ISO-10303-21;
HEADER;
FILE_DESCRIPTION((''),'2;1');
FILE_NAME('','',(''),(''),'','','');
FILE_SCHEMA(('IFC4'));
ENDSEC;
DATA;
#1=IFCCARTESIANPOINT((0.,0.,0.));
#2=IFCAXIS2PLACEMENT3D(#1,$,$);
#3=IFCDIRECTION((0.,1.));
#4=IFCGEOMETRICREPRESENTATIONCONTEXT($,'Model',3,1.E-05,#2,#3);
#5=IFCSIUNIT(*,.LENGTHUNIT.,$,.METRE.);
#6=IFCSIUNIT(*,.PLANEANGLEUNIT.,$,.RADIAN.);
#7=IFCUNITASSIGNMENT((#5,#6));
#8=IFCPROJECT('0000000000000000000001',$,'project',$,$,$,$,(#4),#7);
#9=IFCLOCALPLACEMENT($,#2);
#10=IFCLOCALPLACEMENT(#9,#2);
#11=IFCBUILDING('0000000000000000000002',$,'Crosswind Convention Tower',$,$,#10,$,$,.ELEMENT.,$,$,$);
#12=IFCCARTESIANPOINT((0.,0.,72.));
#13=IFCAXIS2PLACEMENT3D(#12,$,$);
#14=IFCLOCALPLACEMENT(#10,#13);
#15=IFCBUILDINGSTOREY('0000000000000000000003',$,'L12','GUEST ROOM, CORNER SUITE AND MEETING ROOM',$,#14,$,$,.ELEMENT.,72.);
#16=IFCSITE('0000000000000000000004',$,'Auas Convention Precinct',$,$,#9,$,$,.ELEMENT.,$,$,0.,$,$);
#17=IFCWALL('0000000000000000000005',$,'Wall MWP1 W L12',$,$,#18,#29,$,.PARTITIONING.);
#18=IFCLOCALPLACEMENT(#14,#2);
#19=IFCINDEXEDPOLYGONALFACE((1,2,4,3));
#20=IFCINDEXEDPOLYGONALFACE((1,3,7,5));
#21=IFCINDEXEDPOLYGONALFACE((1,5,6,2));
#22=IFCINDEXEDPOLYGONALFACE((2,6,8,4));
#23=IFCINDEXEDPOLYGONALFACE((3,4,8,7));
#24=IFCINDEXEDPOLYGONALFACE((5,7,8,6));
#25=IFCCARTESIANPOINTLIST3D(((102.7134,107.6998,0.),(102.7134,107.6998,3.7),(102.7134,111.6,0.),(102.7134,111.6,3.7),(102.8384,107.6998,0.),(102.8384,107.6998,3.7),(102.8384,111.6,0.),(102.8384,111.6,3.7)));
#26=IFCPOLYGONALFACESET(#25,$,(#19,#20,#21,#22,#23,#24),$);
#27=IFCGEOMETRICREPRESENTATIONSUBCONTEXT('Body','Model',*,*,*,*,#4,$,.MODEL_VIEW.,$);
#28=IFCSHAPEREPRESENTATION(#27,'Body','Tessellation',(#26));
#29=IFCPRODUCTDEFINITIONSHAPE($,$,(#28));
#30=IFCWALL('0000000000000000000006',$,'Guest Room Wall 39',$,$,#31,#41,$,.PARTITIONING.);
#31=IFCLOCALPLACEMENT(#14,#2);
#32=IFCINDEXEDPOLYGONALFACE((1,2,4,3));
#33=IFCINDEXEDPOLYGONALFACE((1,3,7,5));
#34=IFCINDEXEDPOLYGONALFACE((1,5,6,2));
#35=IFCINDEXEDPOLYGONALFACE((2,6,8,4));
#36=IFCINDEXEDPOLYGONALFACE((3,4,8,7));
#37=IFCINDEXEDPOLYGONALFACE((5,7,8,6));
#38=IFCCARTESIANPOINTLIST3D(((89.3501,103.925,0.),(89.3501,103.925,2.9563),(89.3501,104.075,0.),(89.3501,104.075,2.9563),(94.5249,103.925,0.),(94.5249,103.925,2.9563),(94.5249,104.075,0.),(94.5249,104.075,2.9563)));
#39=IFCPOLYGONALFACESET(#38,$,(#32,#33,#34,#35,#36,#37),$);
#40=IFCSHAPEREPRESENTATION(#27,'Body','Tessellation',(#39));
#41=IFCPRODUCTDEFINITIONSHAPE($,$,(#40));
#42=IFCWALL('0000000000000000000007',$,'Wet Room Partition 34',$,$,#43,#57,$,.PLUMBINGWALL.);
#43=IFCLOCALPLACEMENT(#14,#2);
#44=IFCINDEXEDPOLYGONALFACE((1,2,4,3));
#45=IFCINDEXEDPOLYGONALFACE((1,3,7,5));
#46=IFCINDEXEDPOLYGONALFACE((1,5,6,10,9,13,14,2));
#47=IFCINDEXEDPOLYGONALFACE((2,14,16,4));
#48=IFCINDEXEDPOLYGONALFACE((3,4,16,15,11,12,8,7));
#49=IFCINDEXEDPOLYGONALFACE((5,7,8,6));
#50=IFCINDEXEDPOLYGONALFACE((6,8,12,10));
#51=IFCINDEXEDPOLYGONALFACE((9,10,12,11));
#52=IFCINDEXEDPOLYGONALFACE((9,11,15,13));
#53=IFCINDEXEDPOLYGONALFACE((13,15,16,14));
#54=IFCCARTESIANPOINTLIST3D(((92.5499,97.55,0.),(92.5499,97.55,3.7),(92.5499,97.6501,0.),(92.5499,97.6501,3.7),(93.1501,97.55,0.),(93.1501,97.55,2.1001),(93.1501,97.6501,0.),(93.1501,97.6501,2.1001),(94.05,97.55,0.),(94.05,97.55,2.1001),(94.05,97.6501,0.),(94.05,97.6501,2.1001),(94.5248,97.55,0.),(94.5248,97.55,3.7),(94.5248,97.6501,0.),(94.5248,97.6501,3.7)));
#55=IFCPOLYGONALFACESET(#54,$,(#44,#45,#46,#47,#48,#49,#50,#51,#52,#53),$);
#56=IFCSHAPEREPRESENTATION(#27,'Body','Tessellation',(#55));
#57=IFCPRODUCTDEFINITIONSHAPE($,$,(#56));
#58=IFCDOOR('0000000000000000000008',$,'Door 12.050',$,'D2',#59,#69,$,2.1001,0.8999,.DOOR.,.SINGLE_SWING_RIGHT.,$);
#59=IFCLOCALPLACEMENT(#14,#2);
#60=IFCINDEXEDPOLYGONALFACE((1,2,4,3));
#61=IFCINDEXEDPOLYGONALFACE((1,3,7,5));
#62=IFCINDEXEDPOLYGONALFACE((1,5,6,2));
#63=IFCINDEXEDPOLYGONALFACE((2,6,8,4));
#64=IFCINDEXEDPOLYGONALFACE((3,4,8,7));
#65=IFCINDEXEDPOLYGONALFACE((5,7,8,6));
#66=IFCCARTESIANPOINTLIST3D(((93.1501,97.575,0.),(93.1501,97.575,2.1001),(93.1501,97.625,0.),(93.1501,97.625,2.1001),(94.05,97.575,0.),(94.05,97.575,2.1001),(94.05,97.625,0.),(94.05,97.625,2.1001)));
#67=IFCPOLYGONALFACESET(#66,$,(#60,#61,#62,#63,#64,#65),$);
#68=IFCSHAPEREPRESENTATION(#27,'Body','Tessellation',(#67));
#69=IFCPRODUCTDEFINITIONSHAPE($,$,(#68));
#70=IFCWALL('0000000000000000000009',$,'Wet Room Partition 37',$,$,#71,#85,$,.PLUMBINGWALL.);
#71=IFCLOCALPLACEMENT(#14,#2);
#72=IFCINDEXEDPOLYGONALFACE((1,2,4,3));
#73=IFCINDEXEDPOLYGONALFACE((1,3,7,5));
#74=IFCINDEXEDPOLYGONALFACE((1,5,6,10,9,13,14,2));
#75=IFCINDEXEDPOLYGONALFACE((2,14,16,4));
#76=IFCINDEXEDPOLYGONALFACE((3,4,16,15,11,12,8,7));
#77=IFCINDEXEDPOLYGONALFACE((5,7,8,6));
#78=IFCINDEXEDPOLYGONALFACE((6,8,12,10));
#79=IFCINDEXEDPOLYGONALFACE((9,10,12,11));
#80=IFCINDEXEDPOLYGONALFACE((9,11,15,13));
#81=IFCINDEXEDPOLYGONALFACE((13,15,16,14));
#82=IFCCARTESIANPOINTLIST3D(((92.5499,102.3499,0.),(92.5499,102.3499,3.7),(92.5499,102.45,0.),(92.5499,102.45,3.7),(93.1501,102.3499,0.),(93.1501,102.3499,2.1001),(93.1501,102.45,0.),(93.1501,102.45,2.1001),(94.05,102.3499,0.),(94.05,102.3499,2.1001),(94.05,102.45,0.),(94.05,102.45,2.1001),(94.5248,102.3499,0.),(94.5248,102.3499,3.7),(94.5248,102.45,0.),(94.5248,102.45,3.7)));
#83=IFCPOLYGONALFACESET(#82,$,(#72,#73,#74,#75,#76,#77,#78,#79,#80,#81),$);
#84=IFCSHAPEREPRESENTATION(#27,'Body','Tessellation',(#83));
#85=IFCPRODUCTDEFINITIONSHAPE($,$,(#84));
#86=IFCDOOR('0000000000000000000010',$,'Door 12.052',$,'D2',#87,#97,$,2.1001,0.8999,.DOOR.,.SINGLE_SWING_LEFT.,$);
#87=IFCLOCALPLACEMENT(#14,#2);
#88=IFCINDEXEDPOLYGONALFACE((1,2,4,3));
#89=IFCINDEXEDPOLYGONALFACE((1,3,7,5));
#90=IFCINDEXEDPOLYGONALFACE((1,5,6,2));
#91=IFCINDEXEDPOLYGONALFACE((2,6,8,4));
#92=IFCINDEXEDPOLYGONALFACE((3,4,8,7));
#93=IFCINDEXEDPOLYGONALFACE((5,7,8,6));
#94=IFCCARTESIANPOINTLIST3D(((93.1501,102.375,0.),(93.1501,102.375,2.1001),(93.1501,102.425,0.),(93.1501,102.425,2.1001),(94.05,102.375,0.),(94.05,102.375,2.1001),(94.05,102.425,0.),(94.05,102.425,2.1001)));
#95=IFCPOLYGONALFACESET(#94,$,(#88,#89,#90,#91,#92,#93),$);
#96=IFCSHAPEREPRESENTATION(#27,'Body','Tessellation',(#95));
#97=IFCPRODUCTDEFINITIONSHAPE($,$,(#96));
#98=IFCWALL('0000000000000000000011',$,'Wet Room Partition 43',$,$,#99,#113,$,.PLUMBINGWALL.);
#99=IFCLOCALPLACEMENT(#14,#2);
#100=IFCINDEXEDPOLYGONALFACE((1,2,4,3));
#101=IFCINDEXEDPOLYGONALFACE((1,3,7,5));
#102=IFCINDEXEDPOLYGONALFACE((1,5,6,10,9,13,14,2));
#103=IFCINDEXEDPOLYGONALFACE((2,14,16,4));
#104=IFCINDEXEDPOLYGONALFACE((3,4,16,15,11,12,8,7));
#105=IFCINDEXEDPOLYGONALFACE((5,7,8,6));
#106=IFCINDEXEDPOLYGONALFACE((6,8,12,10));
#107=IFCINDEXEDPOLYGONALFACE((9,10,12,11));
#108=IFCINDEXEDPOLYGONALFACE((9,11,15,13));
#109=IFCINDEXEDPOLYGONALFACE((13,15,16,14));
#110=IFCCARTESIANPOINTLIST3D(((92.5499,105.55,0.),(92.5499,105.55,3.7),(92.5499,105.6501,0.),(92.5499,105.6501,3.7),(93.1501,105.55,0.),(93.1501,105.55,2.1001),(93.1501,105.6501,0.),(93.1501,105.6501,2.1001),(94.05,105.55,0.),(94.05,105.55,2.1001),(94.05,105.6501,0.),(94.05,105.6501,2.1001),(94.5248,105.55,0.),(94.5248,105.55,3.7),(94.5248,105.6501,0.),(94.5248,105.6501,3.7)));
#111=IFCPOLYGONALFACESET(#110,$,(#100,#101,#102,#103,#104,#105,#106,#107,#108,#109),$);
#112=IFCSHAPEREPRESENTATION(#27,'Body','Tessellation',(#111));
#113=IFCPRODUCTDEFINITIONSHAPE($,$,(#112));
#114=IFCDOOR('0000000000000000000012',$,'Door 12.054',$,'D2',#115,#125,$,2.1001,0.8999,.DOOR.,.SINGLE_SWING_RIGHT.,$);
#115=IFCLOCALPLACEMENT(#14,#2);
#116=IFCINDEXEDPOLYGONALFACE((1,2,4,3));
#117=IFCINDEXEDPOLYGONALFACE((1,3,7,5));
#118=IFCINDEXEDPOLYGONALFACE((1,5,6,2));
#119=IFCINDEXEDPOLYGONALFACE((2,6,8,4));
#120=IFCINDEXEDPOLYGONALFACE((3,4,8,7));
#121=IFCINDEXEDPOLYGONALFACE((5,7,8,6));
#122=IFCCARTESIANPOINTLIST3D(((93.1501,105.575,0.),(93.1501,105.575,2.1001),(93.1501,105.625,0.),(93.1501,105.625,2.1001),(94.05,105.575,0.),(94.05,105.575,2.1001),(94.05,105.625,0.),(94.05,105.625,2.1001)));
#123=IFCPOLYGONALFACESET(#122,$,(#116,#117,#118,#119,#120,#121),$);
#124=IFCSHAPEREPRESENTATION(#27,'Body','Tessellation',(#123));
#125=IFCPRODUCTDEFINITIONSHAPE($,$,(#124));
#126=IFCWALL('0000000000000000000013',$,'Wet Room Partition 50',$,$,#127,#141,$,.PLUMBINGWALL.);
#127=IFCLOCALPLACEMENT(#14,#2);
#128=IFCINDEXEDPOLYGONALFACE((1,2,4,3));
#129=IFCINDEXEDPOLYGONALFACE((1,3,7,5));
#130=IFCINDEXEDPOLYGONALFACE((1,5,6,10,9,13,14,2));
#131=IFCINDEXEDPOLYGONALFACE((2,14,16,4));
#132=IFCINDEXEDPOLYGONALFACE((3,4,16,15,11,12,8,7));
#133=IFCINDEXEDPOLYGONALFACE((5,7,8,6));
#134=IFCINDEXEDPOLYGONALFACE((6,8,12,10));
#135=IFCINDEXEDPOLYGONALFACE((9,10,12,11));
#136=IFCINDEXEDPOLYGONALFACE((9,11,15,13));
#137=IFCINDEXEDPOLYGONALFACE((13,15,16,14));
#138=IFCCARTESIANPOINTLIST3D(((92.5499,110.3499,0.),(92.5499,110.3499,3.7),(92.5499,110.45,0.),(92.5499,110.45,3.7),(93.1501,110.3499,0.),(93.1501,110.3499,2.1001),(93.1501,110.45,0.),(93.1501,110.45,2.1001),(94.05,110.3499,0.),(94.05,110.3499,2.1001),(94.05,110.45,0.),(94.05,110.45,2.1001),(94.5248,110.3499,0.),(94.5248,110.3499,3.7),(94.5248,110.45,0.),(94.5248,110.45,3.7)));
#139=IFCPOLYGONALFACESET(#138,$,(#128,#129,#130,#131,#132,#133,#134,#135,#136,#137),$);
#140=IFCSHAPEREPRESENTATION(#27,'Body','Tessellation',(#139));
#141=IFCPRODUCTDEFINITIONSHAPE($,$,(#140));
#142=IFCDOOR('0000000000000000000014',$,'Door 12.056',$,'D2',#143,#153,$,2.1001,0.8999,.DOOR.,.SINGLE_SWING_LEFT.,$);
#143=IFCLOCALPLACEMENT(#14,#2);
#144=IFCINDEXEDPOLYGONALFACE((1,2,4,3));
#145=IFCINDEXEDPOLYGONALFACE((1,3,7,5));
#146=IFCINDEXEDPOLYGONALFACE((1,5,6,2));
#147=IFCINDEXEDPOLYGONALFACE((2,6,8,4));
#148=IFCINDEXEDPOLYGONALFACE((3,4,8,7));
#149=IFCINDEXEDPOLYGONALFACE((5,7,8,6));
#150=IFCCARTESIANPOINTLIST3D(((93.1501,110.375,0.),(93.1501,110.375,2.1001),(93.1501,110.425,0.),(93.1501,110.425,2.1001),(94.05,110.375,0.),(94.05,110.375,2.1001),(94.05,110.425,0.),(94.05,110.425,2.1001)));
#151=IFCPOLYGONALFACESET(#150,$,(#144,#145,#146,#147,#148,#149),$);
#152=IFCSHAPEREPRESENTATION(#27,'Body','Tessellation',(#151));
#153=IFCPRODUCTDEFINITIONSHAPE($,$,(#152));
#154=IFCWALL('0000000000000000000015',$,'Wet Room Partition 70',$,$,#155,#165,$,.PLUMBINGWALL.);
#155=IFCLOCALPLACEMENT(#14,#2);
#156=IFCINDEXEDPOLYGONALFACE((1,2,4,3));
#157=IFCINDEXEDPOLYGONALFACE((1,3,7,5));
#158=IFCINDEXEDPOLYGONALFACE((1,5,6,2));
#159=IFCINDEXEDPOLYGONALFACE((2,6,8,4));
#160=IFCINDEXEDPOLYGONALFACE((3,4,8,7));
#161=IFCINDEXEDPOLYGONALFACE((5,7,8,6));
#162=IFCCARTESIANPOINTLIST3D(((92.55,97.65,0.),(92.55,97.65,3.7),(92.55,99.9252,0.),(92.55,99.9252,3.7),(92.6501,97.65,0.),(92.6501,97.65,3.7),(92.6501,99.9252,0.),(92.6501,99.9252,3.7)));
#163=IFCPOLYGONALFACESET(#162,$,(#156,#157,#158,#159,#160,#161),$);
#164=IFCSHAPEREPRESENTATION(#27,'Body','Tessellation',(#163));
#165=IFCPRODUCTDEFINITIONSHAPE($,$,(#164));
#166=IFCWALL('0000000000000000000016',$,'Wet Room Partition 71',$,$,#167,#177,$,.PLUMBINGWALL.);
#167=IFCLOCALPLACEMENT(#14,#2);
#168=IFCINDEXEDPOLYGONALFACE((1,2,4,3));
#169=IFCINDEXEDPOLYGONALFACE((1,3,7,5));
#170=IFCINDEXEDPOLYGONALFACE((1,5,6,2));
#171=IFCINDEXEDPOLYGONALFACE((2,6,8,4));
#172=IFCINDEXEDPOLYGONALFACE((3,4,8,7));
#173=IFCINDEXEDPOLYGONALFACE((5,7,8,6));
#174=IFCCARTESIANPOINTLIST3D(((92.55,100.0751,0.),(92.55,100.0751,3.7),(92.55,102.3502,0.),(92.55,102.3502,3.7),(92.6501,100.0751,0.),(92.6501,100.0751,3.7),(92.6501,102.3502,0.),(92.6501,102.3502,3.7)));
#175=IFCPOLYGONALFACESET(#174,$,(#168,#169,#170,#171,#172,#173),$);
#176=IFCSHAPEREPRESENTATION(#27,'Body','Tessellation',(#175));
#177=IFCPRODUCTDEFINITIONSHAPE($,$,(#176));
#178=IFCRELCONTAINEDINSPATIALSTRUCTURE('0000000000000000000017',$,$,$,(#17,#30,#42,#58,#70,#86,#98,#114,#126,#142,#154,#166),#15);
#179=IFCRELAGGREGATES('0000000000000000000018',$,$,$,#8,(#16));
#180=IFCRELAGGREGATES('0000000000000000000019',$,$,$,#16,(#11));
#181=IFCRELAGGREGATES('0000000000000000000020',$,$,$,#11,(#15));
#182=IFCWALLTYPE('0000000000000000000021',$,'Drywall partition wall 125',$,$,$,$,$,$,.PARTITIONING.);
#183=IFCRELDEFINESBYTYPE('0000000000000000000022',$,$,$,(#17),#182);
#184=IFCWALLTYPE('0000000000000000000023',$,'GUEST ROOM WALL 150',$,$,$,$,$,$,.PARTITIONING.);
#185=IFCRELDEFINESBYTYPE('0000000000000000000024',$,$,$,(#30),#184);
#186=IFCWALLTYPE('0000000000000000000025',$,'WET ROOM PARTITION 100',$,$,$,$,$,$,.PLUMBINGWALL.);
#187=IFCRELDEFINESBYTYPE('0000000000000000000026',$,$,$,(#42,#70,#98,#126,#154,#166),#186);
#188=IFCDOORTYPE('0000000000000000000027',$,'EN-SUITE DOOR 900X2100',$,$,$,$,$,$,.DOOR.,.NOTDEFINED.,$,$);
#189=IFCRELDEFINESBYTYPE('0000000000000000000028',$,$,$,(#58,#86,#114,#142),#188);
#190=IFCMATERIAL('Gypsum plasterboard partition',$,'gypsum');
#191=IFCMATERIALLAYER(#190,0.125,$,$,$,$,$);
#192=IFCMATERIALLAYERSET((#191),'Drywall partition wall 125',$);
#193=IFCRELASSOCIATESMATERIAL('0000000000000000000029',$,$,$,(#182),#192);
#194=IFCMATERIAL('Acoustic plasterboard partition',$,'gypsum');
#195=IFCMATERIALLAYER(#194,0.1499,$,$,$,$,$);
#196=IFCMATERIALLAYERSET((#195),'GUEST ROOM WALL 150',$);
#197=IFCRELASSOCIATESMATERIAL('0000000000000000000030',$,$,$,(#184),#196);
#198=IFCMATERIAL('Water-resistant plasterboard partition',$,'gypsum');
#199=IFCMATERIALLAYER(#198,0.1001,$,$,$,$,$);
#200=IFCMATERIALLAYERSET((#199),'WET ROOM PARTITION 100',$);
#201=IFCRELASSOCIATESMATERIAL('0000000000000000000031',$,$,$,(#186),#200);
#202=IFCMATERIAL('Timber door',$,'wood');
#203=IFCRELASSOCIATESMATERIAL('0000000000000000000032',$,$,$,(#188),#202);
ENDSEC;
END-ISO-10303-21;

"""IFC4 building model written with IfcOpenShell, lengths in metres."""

from ifc_helpers import new_model, si_unit, direction, frame, frame_2d, origin, place, context, subcontext, project, spatial, rectangle, extrude, material, layer, layer_set, type_object, element, fill, save


model = new_model("IFC4")

# Units and contexts
model_context = context("Model", 3, precision=1e-05, world=origin(), true_north=direction((0.0, 1.0)))
body_context = subcontext(model_context, "Body", "Model", "MODEL_VIEW")
ifc_project = project(units=[si_unit("LENGTHUNIT", "METRE"), si_unit("PLANEANGLEUNIT", "RADIAN")], contexts=[model_context])

# Site, building, storey
site_placement = place(None, origin())
site = spatial("IfcSite", under=ifc_project, at=site_placement, Name="Auas Convention Precinct", CompositionType="ELEMENT", RefElevation=0.0)
building_placement = place(site_placement, origin())
building = spatial("IfcBuilding", under=site, at=building_placement, Name="Crosswind Convention Tower", CompositionType="ELEMENT")
storey_placement = place(building_placement, frame((0.0, 0.0, 72.0)))
storey = spatial("IfcBuildingStorey", under=building, at=storey_placement, Name="L12", Description="GUEST ROOM, CORNER SUITE AND MEETING ROOM", CompositionType="ELEMENT", Elevation=72.0)

# Walls
ifc_material_1 = material(Name="Gypsum plasterboard partition", Category="gypsum")
ifc_layer_1 = layer(ifc_material_1, 0.125)
ifc_layer_set_1 = layer_set([ifc_layer_1], Name="Drywall partition wall 125")
wall_type_1 = type_object("IfcWallType", Name="Drywall partition wall 125", PredefinedType="PARTITIONING", material=ifc_layer_set_1)
wall_1_placement = place(storey_placement, frame((102.7759, 111.6001, 0.0), z_axis=(0.0, 0.0, 1.0), x_axis=(0.0, -1.0, 0.0)))
element("IfcWall", 1, at=wall_1_placement, inside=storey, type_object=wall_type_1, Name="Wall MWP1 W L12", PredefinedType="PARTITIONING", context=body_context, shape_type="SweptSolid", body=[
    extrude(rectangle(XDim=3.9001, YDim=0.125, at=frame_2d((1.9502, 0.0))), origin(), (0.0, 0.0, 1.0), 3.7),
])
ifc_material_2 = material(Name="Acoustic plasterboard partition", Category="gypsum")
ifc_layer_2 = layer(ifc_material_2, 0.1499)
ifc_layer_set_2 = layer_set([ifc_layer_2], Name="GUEST ROOM WALL 150")
wall_type_2 = type_object("IfcWallType", Name="GUEST ROOM WALL 150", PredefinedType="PARTITIONING", material=ifc_layer_set_2)
wall_2_placement = place(storey_placement, frame((89.3501, 104.0, 0.0), z_axis=(0.0, 0.0, 1.0), x_axis=(1.0, 0.0, 0.0)))
element("IfcWall", 2, at=wall_2_placement, inside=storey, type_object=wall_type_2, Name="Guest Room Wall 39", PredefinedType="PARTITIONING", context=body_context, shape_type="SweptSolid", body=[
    extrude(rectangle(XDim=5.1748, YDim=0.1499, at=frame_2d((2.5874, 0.0))), origin(), (0.0, 0.0, 1.0), 2.9563),
])

# Walls, openings, doors
ifc_material_3 = material(Name="Water-resistant plasterboard partition", Category="gypsum")
ifc_layer_3 = layer(ifc_material_3, 0.1001)
ifc_layer_set_3 = layer_set([ifc_layer_3], Name="WET ROOM PARTITION 100")
wall_type_3 = type_object("IfcWallType", Name="WET ROOM PARTITION 100", PredefinedType="PLUMBINGWALL", material=ifc_layer_set_3)
wall_3_placement = place(storey_placement, frame((92.55, 97.6001, 0.0), z_axis=(0.0, 0.0, 1.0), x_axis=(1.0, 0.0, 0.0)))
wall_3 = element("IfcWall", 3, at=wall_3_placement, inside=storey, type_object=wall_type_3, Name="Wet Room Partition 34", PredefinedType="PLUMBINGWALL", context=body_context, shape_type="SweptSolid", body=[
    extrude(rectangle(XDim=1.9749, YDim=0.1001, at=frame_2d((0.9873, 0.0))), origin(), (0.0, 0.0, 1.0), 3.7),
])
opening_1_placement = place(wall_3_placement, frame((0.6001, 0.0, 0.0)))
opening_1 = element("IfcOpeningElement", 4, at=opening_1_placement, cuts=wall_3, PredefinedType="OPENING", context=body_context, shape_type="SweptSolid", body=[
    extrude(rectangle(XDim=0.8999, YDim=2.1001, at=frame_2d((0.45, 1.05))), frame((0.0, 0.0601, 0.0), z_axis=(0.0, -1.0, 0.0), x_axis=(1.0, 0.0, 0.0)), (0.0, 0.0, 1.0), 0.1201),
])
ifc_material_4 = material(Name="Timber door", Category="wood")
door_type_1 = type_object("IfcDoorType", Name="EN-SUITE DOOR 900X2100", OperationType="NOTDEFINED", PredefinedType="DOOR", material=ifc_material_4)
door_1_placement = place(opening_1_placement, origin())
door_1 = element("IfcDoor", 5, at=door_1_placement, inside=storey, type_object=door_type_1, Name="Door 12.050", ObjectType="D2", OperationType="SINGLE_SWING_RIGHT", OverallHeight=2.1001, OverallWidth=0.8999, PredefinedType="DOOR", context=body_context, shape_type="SweptSolid", body=[
    extrude(rectangle(XDim=0.8999, YDim=2.1001, at=frame_2d((0.45, 1.05))), frame((0.0, 0.0249, 0.0), z_axis=(0.0, -1.0, 0.0), x_axis=(1.0, 0.0, 0.0)), (0.0, 0.0, 1.0), 0.05),
])
fill(opening_1, door_1)
wall_4_placement = place(storey_placement, frame((92.55, 102.3999, 0.0), z_axis=(0.0, 0.0, 1.0), x_axis=(1.0, 0.0, 0.0)))
wall_4 = element("IfcWall", 6, at=wall_4_placement, inside=storey, type_object=wall_type_3, Name="Wet Room Partition 37", PredefinedType="PLUMBINGWALL", context=body_context, shape_type="SweptSolid", body=[
    extrude(rectangle(XDim=1.9749, YDim=0.1001, at=frame_2d((0.9873, 0.0))), origin(), (0.0, 0.0, 1.0), 3.7),
])
opening_2_placement = place(wall_4_placement, frame((0.6001, 0.0, 0.0)))
opening_2 = element("IfcOpeningElement", 7, at=opening_2_placement, cuts=wall_4, PredefinedType="OPENING", context=body_context, shape_type="SweptSolid", body=[
    extrude(rectangle(XDim=0.8999, YDim=2.1001, at=frame_2d((0.45, 1.05))), frame((0.0, 0.0601, 0.0), z_axis=(0.0, -1.0, 0.0), x_axis=(1.0, 0.0, 0.0)), (0.0, 0.0, 1.0), 0.1201),
])
door_2_placement = place(opening_2_placement, frame((0.8999, 0.0, 0.0), z_axis=(0.0, 0.0, 1.0), x_axis=(-1.0, 0.0, 0.0)))
door_2 = element("IfcDoor", 8, at=door_2_placement, inside=storey, type_object=door_type_1, Name="Door 12.052", ObjectType="D2", OperationType="SINGLE_SWING_LEFT", OverallHeight=2.1001, OverallWidth=0.8999, PredefinedType="DOOR", context=body_context, shape_type="SweptSolid", body=[
    extrude(rectangle(XDim=0.8999, YDim=2.1001, at=frame_2d((0.45, 1.05))), frame((0.0, 0.0249, 0.0), z_axis=(0.0, -1.0, 0.0), x_axis=(1.0, 0.0, 0.0)), (0.0, 0.0, 1.0), 0.05),
])
fill(opening_2, door_2)
wall_5_placement = place(storey_placement, frame((92.55, 105.6001, 0.0), z_axis=(0.0, 0.0, 1.0), x_axis=(1.0, 0.0, 0.0)))
wall_5 = element("IfcWall", 9, at=wall_5_placement, inside=storey, type_object=wall_type_3, Name="Wet Room Partition 43", PredefinedType="PLUMBINGWALL", context=body_context, shape_type="SweptSolid", body=[
    extrude(rectangle(XDim=1.9749, YDim=0.1001, at=frame_2d((0.9873, 0.0))), origin(), (0.0, 0.0, 1.0), 3.7),
])
opening_3_placement = place(wall_5_placement, frame((0.6001, 0.0, 0.0)))
opening_3 = element("IfcOpeningElement", 10, at=opening_3_placement, cuts=wall_5, PredefinedType="OPENING", context=body_context, shape_type="SweptSolid", body=[
    extrude(rectangle(XDim=0.8999, YDim=2.1001, at=frame_2d((0.45, 1.05))), frame((0.0, 0.0601, 0.0), z_axis=(0.0, -1.0, 0.0), x_axis=(1.0, 0.0, 0.0)), (0.0, 0.0, 1.0), 0.1201),
])
door_3_placement = place(opening_3_placement, origin())
door_3 = element("IfcDoor", 11, at=door_3_placement, inside=storey, type_object=door_type_1, Name="Door 12.054", ObjectType="D2", OperationType="SINGLE_SWING_RIGHT", OverallHeight=2.1001, OverallWidth=0.8999, PredefinedType="DOOR", context=body_context, shape_type="SweptSolid", body=[
    extrude(rectangle(XDim=0.8999, YDim=2.1001, at=frame_2d((0.45, 1.05))), frame((0.0, 0.0249, 0.0), z_axis=(0.0, -1.0, 0.0), x_axis=(1.0, 0.0, 0.0)), (0.0, 0.0, 1.0), 0.05),
])
fill(opening_3, door_3)
wall_6_placement = place(storey_placement, frame((92.55, 110.3999, 0.0), z_axis=(0.0, 0.0, 1.0), x_axis=(1.0, 0.0, 0.0)))
wall_6 = element("IfcWall", 12, at=wall_6_placement, inside=storey, type_object=wall_type_3, Name="Wet Room Partition 50", PredefinedType="PLUMBINGWALL", context=body_context, shape_type="SweptSolid", body=[
    extrude(rectangle(XDim=1.9749, YDim=0.1001, at=frame_2d((0.9873, 0.0))), origin(), (0.0, 0.0, 1.0), 3.7),
])
opening_4_placement = place(wall_6_placement, frame((0.6001, 0.0, 0.0)))
opening_4 = element("IfcOpeningElement", 13, at=opening_4_placement, cuts=wall_6, PredefinedType="OPENING", context=body_context, shape_type="SweptSolid", body=[
    extrude(rectangle(XDim=0.8999, YDim=2.1001, at=frame_2d((0.45, 1.05))), frame((0.0, 0.0601, 0.0), z_axis=(0.0, -1.0, 0.0), x_axis=(1.0, 0.0, 0.0)), (0.0, 0.0, 1.0), 0.1201),
])
door_4_placement = place(opening_4_placement, frame((0.8999, 0.0, 0.0), z_axis=(0.0, 0.0, 1.0), x_axis=(-1.0, 0.0, 0.0)))
door_4 = element("IfcDoor", 14, at=door_4_placement, inside=storey, type_object=door_type_1, Name="Door 12.056", ObjectType="D2", OperationType="SINGLE_SWING_LEFT", OverallHeight=2.1001, OverallWidth=0.8999, PredefinedType="DOOR", context=body_context, shape_type="SweptSolid", body=[
    extrude(rectangle(XDim=0.8999, YDim=2.1001, at=frame_2d((0.45, 1.05))), frame((0.0, 0.0249, 0.0), z_axis=(0.0, -1.0, 0.0), x_axis=(1.0, 0.0, 0.0)), (0.0, 0.0, 1.0), 0.05),
])
fill(opening_4, door_4)

# Walls
for number, where, z_axis, x_axis, name in (
    (15, (92.6001, 97.6499, 0.0), (0.0, 0.0, 1.0), (0.0, 1.0, 0.0), "Wet Room Partition 70"),
    (16, (92.6001, 100.075, 0.0), (0.0, 0.0, 1.0), (0.0, 1.0, 0.0), "Wet Room Partition 71"),
):
    element("IfcWall", number, at=place(storey_placement, frame(where, z_axis=z_axis, x_axis=x_axis)), inside=storey, type_object=wall_type_3, Name=name, PredefinedType="PLUMBINGWALL", context=body_context, shape_type="SweptSolid", body=[
        extrude(rectangle(XDim=2.2751, YDim=0.1001, at=frame_2d((1.1377, 0.0))), origin(), (0.0, 0.0, 1.0), 3.7),
    ])

save(model, "model.ifc")
